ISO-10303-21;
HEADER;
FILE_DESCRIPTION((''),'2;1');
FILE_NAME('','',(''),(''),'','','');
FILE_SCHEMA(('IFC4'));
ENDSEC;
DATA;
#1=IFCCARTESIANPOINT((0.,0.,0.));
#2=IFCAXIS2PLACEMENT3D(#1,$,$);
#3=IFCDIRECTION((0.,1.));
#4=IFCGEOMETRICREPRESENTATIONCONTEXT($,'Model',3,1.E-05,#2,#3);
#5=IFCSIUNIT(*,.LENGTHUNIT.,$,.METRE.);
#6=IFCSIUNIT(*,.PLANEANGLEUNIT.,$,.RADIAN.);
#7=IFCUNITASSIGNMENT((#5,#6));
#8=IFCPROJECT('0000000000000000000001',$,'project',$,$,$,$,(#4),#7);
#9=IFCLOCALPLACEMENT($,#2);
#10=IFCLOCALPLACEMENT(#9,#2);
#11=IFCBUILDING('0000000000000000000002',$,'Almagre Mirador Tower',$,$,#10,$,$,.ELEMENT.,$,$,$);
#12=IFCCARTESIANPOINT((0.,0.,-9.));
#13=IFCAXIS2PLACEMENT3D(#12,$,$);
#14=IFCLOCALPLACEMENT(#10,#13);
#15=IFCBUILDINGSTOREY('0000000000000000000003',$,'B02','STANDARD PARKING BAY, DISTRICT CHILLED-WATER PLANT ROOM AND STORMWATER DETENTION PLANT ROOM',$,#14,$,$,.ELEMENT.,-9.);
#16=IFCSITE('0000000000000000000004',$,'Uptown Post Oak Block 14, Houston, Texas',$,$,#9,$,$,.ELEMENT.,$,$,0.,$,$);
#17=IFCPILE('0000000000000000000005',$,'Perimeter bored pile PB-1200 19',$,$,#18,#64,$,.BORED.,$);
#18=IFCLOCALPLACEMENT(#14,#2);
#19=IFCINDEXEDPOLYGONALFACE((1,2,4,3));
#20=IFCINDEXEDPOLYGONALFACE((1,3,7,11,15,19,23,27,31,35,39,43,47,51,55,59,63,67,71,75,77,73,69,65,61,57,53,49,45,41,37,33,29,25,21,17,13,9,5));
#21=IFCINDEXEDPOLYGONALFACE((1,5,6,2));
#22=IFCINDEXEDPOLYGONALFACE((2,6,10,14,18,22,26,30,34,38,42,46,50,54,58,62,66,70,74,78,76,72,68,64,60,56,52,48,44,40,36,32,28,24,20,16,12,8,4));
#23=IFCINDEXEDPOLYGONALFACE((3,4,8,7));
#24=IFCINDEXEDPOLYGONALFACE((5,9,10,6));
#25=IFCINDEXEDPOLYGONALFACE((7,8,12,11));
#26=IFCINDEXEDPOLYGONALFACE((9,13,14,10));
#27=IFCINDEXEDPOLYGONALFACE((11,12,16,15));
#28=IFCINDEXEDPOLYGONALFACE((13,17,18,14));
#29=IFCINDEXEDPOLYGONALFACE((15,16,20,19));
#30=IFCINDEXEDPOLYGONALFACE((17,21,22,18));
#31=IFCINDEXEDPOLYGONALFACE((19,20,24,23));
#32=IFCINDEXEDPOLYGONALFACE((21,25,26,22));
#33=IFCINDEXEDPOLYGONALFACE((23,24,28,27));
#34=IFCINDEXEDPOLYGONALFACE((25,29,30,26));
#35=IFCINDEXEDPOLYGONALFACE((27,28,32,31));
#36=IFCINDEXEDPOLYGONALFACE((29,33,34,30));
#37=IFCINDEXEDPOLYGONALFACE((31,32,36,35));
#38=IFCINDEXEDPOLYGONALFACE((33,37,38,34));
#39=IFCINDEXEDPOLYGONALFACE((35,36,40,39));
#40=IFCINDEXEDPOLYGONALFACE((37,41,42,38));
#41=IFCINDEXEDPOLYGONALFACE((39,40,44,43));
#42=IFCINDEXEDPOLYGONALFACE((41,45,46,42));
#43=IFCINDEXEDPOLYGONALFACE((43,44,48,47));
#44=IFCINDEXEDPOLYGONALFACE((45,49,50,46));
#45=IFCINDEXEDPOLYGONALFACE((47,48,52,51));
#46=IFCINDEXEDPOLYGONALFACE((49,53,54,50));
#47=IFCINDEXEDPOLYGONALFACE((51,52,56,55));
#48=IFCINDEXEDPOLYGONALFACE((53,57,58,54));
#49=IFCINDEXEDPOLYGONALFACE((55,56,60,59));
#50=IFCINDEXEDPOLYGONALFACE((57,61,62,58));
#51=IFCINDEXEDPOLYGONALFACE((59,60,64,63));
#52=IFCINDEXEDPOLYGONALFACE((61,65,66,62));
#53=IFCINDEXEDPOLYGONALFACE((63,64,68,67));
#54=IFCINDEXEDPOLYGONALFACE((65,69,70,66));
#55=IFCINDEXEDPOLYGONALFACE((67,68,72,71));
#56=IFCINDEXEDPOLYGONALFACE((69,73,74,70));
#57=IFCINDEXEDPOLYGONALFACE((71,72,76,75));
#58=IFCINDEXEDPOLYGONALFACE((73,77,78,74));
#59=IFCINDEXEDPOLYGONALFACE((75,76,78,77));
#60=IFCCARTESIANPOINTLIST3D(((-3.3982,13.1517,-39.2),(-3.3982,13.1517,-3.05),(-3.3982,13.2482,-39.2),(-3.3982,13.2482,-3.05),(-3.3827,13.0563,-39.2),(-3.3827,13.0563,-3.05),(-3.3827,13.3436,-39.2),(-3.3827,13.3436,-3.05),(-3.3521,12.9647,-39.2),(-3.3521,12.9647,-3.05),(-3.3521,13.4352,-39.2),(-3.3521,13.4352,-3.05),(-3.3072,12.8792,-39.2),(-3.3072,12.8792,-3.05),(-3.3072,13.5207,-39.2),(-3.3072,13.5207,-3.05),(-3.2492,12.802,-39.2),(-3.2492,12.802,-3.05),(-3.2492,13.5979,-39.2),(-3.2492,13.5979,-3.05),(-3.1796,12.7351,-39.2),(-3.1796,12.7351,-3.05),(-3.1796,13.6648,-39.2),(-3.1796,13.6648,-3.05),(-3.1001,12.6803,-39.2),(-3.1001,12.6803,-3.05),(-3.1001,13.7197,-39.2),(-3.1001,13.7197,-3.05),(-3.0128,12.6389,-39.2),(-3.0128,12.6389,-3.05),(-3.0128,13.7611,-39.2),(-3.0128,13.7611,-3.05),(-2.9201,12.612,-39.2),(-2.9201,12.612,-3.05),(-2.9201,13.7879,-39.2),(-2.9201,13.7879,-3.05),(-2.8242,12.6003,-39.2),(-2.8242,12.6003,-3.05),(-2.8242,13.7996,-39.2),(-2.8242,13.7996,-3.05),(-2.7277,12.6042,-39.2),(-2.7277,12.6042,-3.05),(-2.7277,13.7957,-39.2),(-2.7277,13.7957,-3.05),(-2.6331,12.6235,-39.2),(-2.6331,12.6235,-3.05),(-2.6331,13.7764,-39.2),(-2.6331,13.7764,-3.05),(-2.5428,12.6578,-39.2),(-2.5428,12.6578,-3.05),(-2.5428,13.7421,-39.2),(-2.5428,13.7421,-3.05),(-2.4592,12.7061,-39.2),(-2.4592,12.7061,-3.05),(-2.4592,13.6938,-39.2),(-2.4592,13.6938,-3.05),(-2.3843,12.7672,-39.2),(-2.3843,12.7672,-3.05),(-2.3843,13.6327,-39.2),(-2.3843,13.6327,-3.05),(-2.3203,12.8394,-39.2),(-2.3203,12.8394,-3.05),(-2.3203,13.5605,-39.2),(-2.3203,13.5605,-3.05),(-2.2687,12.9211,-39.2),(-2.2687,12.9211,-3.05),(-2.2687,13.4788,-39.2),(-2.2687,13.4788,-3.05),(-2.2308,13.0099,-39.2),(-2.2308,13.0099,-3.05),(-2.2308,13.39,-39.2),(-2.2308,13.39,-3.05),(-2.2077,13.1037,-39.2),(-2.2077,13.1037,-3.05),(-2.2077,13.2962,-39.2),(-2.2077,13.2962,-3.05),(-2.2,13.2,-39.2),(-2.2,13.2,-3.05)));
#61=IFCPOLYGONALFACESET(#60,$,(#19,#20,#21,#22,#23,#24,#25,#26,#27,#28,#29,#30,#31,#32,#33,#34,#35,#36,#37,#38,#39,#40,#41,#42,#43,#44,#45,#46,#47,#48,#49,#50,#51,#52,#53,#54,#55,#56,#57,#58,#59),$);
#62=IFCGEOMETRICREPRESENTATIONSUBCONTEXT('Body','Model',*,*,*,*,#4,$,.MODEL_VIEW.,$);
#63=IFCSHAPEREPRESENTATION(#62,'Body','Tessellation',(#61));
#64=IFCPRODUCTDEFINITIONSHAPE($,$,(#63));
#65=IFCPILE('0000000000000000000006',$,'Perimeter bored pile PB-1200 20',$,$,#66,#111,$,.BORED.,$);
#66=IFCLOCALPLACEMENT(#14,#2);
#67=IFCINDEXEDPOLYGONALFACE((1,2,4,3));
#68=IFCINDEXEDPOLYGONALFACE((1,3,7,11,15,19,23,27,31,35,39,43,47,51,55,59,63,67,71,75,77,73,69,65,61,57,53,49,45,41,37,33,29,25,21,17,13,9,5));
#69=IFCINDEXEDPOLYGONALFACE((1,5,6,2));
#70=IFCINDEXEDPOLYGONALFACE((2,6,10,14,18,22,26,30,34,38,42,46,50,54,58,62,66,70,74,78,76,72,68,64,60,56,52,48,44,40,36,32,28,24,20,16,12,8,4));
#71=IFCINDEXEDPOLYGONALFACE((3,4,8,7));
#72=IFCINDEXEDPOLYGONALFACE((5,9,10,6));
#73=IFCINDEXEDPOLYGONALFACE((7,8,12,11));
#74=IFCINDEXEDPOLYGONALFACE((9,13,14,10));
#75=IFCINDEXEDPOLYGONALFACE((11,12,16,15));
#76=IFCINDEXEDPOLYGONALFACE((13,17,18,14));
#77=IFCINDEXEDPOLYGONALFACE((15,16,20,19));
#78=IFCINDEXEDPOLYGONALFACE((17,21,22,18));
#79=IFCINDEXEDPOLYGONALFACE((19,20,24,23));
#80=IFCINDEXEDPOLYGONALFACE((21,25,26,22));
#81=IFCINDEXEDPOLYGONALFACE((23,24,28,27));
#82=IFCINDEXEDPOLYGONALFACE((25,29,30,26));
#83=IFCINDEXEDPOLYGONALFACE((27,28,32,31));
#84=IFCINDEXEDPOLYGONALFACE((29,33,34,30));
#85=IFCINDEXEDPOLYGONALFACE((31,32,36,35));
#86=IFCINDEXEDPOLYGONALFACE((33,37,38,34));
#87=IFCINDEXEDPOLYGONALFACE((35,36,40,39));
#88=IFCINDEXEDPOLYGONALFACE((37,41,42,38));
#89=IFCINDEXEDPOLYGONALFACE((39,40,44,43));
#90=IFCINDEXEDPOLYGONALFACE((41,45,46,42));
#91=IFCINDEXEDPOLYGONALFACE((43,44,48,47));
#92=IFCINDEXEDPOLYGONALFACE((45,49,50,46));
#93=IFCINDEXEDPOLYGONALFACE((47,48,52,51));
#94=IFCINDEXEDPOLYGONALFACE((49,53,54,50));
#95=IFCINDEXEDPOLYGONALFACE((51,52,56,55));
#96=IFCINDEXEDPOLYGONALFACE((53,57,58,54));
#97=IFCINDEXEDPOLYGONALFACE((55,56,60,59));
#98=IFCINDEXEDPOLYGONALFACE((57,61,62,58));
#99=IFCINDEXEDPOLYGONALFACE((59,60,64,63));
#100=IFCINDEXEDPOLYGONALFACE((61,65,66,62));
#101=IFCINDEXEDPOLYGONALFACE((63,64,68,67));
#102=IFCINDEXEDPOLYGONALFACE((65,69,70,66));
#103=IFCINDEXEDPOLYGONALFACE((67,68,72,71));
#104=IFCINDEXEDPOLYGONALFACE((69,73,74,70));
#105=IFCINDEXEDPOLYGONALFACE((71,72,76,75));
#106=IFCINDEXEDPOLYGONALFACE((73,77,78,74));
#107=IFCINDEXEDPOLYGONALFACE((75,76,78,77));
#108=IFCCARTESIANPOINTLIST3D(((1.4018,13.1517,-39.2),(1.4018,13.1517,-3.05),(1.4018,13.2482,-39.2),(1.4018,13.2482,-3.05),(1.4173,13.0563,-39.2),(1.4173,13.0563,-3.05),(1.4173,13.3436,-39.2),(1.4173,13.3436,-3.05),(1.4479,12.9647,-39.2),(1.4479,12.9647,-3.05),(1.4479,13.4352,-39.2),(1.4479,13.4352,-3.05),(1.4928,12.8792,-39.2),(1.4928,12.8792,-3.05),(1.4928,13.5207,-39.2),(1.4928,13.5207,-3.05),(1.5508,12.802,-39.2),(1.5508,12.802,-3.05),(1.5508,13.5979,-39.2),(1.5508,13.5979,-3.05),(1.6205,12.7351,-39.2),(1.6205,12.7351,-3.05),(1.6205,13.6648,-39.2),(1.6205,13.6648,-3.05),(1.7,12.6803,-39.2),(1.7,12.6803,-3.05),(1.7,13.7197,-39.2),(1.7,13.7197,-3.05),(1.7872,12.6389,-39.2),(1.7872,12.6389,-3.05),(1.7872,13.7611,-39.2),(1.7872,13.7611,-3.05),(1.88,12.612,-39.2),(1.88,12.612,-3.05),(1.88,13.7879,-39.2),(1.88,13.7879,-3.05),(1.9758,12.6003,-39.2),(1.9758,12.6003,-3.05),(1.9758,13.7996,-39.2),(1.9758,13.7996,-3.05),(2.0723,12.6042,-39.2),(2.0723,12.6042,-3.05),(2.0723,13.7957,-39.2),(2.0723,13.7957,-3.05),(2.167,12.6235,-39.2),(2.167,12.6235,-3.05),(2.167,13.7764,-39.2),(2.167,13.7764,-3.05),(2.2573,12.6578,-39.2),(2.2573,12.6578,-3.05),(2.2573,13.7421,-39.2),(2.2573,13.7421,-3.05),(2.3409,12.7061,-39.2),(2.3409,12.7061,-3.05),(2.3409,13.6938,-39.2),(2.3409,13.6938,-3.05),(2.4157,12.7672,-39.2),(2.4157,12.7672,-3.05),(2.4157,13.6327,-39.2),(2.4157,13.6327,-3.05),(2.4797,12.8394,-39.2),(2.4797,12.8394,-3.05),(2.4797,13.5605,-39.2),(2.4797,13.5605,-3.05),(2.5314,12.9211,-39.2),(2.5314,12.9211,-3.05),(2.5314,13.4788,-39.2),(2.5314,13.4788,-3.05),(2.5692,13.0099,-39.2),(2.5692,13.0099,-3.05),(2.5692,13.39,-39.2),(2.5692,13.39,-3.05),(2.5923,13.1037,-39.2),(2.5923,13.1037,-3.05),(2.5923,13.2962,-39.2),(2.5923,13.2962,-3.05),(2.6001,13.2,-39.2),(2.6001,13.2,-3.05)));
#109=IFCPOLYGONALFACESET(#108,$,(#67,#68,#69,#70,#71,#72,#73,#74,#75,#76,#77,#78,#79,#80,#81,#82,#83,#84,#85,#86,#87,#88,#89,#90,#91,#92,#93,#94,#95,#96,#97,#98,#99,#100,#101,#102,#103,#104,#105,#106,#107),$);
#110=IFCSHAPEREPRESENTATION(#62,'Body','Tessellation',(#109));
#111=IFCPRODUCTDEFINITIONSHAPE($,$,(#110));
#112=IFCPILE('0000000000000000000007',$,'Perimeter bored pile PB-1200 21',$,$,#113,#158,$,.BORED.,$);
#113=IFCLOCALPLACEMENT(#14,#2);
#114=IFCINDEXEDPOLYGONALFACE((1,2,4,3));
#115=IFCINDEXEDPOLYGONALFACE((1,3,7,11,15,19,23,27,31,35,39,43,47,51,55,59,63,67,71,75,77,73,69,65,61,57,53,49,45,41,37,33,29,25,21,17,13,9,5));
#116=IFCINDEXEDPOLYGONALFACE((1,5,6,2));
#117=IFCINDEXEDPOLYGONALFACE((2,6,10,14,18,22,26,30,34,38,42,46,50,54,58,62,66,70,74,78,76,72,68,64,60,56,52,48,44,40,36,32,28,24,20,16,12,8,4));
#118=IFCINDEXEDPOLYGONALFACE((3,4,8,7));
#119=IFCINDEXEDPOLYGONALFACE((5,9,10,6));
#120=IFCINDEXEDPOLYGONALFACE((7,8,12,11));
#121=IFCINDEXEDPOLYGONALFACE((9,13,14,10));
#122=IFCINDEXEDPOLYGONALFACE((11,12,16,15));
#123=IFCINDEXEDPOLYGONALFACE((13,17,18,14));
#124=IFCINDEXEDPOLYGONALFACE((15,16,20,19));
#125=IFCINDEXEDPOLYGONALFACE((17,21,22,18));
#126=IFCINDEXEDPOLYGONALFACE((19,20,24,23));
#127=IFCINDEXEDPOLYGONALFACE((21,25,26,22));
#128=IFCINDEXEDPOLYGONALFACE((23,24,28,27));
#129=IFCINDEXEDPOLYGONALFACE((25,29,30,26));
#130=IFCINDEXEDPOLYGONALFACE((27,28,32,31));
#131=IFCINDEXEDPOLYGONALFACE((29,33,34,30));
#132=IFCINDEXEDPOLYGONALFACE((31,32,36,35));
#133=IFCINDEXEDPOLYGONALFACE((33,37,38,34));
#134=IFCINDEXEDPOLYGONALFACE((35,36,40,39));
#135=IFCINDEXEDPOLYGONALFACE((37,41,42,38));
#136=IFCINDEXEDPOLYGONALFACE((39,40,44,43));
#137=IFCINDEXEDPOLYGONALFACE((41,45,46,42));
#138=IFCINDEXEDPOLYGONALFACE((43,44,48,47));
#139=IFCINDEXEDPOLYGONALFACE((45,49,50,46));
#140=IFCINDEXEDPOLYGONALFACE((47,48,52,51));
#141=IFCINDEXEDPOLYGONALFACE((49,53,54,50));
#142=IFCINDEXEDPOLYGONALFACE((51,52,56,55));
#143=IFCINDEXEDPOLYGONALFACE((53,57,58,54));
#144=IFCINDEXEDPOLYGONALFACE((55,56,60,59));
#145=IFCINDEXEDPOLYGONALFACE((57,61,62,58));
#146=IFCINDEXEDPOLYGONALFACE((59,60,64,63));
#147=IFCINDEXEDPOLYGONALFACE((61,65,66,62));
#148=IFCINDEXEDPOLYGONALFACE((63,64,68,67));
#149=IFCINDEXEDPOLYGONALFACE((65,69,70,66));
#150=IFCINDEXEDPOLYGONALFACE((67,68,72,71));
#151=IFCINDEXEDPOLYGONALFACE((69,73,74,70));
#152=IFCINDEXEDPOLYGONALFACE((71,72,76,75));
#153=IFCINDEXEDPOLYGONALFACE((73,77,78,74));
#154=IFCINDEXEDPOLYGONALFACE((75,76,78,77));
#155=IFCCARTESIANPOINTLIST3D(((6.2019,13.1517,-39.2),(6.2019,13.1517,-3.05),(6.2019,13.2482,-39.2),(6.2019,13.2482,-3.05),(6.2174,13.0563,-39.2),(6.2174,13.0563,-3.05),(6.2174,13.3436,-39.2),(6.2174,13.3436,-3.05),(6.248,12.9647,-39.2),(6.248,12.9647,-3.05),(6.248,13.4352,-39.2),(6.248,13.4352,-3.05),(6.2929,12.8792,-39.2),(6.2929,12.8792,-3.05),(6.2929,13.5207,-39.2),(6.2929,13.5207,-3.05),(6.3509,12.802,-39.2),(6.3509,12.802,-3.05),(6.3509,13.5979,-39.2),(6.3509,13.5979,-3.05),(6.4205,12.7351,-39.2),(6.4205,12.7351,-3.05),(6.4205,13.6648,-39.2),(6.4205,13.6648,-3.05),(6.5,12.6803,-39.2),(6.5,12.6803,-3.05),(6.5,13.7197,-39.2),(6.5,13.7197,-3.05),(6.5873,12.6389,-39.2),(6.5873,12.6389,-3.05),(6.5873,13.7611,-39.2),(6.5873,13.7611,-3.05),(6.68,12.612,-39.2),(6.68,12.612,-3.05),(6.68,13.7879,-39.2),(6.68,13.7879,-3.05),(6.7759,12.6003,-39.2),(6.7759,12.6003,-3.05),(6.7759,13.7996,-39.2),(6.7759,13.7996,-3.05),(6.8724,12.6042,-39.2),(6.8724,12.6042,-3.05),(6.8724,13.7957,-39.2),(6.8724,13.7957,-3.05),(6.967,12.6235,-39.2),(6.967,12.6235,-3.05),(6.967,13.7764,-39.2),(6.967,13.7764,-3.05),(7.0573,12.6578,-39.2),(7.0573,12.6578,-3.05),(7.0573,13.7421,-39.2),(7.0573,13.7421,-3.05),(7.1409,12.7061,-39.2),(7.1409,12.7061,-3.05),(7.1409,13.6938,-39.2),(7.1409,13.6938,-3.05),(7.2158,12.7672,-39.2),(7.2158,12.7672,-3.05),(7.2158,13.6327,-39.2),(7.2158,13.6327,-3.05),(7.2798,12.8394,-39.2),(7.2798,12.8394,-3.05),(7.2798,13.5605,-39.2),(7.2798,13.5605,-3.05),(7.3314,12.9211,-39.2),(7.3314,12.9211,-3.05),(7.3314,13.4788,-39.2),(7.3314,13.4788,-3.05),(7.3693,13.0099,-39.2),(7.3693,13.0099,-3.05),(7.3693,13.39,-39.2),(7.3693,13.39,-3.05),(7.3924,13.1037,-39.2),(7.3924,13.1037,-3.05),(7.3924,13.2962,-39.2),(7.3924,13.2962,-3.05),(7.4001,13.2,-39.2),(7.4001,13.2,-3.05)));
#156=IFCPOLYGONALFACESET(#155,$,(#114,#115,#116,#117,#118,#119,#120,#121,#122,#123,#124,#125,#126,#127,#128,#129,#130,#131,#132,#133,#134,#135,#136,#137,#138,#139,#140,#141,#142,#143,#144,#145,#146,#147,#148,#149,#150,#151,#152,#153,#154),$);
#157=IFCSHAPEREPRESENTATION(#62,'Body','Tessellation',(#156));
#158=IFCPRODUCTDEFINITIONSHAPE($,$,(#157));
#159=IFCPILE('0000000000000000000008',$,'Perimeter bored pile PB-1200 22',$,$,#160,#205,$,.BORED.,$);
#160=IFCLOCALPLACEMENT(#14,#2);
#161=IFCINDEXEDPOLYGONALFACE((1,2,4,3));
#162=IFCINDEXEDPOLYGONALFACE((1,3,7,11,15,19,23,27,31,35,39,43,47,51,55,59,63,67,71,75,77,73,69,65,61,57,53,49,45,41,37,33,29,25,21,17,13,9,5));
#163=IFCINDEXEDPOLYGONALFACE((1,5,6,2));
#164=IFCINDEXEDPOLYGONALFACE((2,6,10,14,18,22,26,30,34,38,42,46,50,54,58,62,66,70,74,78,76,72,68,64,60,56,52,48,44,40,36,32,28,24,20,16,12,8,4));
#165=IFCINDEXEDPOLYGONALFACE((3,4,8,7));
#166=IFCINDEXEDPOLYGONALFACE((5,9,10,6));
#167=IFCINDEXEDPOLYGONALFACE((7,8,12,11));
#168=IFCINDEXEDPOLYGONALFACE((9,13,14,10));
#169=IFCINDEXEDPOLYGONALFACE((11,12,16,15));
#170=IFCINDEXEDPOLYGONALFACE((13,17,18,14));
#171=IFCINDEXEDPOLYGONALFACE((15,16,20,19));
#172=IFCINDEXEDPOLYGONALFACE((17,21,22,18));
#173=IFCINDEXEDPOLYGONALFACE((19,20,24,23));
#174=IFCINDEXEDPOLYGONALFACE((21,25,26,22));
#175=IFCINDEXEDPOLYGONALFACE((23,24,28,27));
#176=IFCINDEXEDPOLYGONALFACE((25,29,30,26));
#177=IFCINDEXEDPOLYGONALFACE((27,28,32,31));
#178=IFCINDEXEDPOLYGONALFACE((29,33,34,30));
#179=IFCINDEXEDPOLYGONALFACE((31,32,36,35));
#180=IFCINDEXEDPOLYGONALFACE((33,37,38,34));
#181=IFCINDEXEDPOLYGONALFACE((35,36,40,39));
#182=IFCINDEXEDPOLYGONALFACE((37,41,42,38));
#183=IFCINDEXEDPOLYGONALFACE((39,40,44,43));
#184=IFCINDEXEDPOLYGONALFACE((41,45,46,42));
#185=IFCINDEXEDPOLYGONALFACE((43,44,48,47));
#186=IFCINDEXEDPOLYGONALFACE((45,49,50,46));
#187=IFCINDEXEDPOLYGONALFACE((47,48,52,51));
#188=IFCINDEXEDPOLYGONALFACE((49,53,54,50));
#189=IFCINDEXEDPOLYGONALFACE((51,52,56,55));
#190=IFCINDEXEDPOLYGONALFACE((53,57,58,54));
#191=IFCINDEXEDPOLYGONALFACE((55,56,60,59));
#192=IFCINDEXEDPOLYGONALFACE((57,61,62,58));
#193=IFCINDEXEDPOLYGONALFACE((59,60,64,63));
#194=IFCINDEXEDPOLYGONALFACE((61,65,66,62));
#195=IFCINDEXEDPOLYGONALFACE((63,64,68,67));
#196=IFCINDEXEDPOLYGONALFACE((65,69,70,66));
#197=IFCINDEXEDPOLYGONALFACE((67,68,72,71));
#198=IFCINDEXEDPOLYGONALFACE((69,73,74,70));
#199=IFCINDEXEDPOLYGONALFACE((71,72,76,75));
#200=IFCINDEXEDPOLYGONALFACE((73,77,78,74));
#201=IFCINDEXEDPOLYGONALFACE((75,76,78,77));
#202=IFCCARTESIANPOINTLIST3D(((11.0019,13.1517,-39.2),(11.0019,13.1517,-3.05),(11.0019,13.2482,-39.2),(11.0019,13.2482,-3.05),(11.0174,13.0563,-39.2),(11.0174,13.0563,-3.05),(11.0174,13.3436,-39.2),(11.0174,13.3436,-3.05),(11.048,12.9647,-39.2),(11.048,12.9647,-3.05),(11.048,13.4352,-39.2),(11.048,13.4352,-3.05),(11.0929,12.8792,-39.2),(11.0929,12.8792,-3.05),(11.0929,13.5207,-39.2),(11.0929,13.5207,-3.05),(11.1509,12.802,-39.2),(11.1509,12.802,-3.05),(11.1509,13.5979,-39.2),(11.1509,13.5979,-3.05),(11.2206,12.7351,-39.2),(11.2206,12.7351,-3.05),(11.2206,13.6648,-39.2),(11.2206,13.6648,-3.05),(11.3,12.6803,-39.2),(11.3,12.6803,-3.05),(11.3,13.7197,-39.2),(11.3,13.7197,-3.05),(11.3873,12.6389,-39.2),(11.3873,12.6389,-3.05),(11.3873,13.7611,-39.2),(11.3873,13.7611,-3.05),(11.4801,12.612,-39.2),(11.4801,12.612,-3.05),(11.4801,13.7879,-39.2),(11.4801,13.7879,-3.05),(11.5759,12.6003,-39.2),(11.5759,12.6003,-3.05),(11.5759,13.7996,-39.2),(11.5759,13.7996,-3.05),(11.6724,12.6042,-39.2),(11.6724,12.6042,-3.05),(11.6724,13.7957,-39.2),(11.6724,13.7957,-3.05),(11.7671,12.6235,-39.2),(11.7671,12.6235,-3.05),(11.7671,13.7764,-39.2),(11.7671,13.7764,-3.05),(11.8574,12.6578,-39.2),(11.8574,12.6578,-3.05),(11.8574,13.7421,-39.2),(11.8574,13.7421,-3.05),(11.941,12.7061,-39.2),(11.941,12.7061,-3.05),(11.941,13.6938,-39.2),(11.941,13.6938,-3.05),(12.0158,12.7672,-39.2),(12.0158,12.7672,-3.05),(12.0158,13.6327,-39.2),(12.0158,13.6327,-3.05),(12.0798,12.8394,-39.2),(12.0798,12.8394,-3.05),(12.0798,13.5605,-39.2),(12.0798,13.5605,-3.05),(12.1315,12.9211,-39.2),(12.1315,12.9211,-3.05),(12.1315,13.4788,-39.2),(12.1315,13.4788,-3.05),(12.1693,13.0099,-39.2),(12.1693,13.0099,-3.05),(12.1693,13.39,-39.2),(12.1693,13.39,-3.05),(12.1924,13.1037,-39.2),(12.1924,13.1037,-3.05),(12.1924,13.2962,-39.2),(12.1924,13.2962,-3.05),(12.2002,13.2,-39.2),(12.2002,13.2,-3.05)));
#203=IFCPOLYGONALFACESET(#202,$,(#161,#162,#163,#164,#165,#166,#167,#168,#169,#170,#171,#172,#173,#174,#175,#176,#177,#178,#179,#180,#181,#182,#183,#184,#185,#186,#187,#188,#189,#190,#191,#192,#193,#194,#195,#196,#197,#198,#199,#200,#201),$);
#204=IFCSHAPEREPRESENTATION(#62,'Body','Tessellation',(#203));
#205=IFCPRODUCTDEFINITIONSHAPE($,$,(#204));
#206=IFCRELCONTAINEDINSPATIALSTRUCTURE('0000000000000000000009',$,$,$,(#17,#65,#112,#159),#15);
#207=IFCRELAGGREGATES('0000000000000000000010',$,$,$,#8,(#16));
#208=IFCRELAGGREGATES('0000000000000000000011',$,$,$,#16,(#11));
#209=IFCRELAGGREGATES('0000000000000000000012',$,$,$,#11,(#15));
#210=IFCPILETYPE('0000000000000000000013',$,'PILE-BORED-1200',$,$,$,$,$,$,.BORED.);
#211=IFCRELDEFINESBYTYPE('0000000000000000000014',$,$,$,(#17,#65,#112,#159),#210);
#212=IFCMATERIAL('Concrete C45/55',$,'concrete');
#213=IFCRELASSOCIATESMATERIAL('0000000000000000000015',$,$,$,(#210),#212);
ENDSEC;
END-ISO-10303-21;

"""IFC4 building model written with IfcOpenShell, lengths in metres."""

from ifc_helpers import new_model, si_unit, direction, frame, origin, origin_2d, place, context, subcontext, project, spatial, circle, extrude, material, material_profile, profile_set, type_object, element, save


model = new_model("IFC4")

# Units and contexts
model_context = context("Model", 3, precision=1e-05, world=origin(), true_north=direction((0.0, 1.0)))
body_context = subcontext(model_context, "Body", "Model", "MODEL_VIEW")
ifc_project = project(units=[si_unit("LENGTHUNIT", "METRE"), si_unit("PLANEANGLEUNIT", "RADIAN")], contexts=[model_context])

# Site, building, storey
site_placement = place(None, origin())
site = spatial("IfcSite", under=ifc_project, at=site_placement, Name="Uptown Post Oak Block 14, Houston, Texas", CompositionType="ELEMENT", RefElevation=0.0)
building_placement = place(site_placement, origin())
building = spatial("IfcBuilding", under=site, at=building_placement, Name="Almagre Mirador Tower", CompositionType="ELEMENT")
storey_placement = place(building_placement, frame((0.0, 0.0, -9.0)))
storey = spatial("IfcBuildingStorey", under=building, at=storey_placement, Name="B02", Description="STANDARD PARKING BAY, DISTRICT CHILLED-WATER PLANT ROOM AND STORMWATER DETENTION PLANT ROOM", CompositionType="ELEMENT", Elevation=-9.0)

# Piles
ifc_material_1 = material(Name="Concrete C45/55", Category="concrete")
ifc_material_profile_1 = material_profile(ifc_material_1, circle(Radius=0.6001, at=origin_2d()), Name="PILE1200D")
ifc_profile_set_1 = profile_set([ifc_material_profile_1], Name="Concrete C45/55")
pile_type = type_object("IfcPileType", Name="PILE-BORED-1200", PredefinedType="BORED", material=ifc_profile_set_1)
for number, where, z_axis, x_axis, name in (
    (1, (-2.8, 13.2, -3.05), (0.0, 0.0, -1.0), (1.0, 0.0, 0.0), "Perimeter bored pile PB-1200 19"),
    (2, (2.0, 13.2, -3.05), (0.0, 0.0, -1.0), (1.0, 0.0, 0.0), "Perimeter bored pile PB-1200 20"),
    (3, (6.8, 13.2, -3.05), (0.0, 0.0, -1.0), (1.0, 0.0, 0.0), "Perimeter bored pile PB-1200 21"),
    (4, (11.6001, 13.2, -3.05), (0.0, 0.0, -1.0), (1.0, 0.0, 0.0), "Perimeter bored pile PB-1200 22"),
):
    element("IfcPile", number, at=place(storey_placement, frame(where, z_axis=z_axis, x_axis=x_axis)), inside=storey, type_object=pile_type, Name=name, PredefinedType="BORED", context=body_context, shape_type="SweptSolid", body=[
        extrude(circle(Radius=0.6001, at=origin_2d()), origin(), (0.0, 0.0, 1.0), 36.1499),
    ])

save(model, "model.ifc")
